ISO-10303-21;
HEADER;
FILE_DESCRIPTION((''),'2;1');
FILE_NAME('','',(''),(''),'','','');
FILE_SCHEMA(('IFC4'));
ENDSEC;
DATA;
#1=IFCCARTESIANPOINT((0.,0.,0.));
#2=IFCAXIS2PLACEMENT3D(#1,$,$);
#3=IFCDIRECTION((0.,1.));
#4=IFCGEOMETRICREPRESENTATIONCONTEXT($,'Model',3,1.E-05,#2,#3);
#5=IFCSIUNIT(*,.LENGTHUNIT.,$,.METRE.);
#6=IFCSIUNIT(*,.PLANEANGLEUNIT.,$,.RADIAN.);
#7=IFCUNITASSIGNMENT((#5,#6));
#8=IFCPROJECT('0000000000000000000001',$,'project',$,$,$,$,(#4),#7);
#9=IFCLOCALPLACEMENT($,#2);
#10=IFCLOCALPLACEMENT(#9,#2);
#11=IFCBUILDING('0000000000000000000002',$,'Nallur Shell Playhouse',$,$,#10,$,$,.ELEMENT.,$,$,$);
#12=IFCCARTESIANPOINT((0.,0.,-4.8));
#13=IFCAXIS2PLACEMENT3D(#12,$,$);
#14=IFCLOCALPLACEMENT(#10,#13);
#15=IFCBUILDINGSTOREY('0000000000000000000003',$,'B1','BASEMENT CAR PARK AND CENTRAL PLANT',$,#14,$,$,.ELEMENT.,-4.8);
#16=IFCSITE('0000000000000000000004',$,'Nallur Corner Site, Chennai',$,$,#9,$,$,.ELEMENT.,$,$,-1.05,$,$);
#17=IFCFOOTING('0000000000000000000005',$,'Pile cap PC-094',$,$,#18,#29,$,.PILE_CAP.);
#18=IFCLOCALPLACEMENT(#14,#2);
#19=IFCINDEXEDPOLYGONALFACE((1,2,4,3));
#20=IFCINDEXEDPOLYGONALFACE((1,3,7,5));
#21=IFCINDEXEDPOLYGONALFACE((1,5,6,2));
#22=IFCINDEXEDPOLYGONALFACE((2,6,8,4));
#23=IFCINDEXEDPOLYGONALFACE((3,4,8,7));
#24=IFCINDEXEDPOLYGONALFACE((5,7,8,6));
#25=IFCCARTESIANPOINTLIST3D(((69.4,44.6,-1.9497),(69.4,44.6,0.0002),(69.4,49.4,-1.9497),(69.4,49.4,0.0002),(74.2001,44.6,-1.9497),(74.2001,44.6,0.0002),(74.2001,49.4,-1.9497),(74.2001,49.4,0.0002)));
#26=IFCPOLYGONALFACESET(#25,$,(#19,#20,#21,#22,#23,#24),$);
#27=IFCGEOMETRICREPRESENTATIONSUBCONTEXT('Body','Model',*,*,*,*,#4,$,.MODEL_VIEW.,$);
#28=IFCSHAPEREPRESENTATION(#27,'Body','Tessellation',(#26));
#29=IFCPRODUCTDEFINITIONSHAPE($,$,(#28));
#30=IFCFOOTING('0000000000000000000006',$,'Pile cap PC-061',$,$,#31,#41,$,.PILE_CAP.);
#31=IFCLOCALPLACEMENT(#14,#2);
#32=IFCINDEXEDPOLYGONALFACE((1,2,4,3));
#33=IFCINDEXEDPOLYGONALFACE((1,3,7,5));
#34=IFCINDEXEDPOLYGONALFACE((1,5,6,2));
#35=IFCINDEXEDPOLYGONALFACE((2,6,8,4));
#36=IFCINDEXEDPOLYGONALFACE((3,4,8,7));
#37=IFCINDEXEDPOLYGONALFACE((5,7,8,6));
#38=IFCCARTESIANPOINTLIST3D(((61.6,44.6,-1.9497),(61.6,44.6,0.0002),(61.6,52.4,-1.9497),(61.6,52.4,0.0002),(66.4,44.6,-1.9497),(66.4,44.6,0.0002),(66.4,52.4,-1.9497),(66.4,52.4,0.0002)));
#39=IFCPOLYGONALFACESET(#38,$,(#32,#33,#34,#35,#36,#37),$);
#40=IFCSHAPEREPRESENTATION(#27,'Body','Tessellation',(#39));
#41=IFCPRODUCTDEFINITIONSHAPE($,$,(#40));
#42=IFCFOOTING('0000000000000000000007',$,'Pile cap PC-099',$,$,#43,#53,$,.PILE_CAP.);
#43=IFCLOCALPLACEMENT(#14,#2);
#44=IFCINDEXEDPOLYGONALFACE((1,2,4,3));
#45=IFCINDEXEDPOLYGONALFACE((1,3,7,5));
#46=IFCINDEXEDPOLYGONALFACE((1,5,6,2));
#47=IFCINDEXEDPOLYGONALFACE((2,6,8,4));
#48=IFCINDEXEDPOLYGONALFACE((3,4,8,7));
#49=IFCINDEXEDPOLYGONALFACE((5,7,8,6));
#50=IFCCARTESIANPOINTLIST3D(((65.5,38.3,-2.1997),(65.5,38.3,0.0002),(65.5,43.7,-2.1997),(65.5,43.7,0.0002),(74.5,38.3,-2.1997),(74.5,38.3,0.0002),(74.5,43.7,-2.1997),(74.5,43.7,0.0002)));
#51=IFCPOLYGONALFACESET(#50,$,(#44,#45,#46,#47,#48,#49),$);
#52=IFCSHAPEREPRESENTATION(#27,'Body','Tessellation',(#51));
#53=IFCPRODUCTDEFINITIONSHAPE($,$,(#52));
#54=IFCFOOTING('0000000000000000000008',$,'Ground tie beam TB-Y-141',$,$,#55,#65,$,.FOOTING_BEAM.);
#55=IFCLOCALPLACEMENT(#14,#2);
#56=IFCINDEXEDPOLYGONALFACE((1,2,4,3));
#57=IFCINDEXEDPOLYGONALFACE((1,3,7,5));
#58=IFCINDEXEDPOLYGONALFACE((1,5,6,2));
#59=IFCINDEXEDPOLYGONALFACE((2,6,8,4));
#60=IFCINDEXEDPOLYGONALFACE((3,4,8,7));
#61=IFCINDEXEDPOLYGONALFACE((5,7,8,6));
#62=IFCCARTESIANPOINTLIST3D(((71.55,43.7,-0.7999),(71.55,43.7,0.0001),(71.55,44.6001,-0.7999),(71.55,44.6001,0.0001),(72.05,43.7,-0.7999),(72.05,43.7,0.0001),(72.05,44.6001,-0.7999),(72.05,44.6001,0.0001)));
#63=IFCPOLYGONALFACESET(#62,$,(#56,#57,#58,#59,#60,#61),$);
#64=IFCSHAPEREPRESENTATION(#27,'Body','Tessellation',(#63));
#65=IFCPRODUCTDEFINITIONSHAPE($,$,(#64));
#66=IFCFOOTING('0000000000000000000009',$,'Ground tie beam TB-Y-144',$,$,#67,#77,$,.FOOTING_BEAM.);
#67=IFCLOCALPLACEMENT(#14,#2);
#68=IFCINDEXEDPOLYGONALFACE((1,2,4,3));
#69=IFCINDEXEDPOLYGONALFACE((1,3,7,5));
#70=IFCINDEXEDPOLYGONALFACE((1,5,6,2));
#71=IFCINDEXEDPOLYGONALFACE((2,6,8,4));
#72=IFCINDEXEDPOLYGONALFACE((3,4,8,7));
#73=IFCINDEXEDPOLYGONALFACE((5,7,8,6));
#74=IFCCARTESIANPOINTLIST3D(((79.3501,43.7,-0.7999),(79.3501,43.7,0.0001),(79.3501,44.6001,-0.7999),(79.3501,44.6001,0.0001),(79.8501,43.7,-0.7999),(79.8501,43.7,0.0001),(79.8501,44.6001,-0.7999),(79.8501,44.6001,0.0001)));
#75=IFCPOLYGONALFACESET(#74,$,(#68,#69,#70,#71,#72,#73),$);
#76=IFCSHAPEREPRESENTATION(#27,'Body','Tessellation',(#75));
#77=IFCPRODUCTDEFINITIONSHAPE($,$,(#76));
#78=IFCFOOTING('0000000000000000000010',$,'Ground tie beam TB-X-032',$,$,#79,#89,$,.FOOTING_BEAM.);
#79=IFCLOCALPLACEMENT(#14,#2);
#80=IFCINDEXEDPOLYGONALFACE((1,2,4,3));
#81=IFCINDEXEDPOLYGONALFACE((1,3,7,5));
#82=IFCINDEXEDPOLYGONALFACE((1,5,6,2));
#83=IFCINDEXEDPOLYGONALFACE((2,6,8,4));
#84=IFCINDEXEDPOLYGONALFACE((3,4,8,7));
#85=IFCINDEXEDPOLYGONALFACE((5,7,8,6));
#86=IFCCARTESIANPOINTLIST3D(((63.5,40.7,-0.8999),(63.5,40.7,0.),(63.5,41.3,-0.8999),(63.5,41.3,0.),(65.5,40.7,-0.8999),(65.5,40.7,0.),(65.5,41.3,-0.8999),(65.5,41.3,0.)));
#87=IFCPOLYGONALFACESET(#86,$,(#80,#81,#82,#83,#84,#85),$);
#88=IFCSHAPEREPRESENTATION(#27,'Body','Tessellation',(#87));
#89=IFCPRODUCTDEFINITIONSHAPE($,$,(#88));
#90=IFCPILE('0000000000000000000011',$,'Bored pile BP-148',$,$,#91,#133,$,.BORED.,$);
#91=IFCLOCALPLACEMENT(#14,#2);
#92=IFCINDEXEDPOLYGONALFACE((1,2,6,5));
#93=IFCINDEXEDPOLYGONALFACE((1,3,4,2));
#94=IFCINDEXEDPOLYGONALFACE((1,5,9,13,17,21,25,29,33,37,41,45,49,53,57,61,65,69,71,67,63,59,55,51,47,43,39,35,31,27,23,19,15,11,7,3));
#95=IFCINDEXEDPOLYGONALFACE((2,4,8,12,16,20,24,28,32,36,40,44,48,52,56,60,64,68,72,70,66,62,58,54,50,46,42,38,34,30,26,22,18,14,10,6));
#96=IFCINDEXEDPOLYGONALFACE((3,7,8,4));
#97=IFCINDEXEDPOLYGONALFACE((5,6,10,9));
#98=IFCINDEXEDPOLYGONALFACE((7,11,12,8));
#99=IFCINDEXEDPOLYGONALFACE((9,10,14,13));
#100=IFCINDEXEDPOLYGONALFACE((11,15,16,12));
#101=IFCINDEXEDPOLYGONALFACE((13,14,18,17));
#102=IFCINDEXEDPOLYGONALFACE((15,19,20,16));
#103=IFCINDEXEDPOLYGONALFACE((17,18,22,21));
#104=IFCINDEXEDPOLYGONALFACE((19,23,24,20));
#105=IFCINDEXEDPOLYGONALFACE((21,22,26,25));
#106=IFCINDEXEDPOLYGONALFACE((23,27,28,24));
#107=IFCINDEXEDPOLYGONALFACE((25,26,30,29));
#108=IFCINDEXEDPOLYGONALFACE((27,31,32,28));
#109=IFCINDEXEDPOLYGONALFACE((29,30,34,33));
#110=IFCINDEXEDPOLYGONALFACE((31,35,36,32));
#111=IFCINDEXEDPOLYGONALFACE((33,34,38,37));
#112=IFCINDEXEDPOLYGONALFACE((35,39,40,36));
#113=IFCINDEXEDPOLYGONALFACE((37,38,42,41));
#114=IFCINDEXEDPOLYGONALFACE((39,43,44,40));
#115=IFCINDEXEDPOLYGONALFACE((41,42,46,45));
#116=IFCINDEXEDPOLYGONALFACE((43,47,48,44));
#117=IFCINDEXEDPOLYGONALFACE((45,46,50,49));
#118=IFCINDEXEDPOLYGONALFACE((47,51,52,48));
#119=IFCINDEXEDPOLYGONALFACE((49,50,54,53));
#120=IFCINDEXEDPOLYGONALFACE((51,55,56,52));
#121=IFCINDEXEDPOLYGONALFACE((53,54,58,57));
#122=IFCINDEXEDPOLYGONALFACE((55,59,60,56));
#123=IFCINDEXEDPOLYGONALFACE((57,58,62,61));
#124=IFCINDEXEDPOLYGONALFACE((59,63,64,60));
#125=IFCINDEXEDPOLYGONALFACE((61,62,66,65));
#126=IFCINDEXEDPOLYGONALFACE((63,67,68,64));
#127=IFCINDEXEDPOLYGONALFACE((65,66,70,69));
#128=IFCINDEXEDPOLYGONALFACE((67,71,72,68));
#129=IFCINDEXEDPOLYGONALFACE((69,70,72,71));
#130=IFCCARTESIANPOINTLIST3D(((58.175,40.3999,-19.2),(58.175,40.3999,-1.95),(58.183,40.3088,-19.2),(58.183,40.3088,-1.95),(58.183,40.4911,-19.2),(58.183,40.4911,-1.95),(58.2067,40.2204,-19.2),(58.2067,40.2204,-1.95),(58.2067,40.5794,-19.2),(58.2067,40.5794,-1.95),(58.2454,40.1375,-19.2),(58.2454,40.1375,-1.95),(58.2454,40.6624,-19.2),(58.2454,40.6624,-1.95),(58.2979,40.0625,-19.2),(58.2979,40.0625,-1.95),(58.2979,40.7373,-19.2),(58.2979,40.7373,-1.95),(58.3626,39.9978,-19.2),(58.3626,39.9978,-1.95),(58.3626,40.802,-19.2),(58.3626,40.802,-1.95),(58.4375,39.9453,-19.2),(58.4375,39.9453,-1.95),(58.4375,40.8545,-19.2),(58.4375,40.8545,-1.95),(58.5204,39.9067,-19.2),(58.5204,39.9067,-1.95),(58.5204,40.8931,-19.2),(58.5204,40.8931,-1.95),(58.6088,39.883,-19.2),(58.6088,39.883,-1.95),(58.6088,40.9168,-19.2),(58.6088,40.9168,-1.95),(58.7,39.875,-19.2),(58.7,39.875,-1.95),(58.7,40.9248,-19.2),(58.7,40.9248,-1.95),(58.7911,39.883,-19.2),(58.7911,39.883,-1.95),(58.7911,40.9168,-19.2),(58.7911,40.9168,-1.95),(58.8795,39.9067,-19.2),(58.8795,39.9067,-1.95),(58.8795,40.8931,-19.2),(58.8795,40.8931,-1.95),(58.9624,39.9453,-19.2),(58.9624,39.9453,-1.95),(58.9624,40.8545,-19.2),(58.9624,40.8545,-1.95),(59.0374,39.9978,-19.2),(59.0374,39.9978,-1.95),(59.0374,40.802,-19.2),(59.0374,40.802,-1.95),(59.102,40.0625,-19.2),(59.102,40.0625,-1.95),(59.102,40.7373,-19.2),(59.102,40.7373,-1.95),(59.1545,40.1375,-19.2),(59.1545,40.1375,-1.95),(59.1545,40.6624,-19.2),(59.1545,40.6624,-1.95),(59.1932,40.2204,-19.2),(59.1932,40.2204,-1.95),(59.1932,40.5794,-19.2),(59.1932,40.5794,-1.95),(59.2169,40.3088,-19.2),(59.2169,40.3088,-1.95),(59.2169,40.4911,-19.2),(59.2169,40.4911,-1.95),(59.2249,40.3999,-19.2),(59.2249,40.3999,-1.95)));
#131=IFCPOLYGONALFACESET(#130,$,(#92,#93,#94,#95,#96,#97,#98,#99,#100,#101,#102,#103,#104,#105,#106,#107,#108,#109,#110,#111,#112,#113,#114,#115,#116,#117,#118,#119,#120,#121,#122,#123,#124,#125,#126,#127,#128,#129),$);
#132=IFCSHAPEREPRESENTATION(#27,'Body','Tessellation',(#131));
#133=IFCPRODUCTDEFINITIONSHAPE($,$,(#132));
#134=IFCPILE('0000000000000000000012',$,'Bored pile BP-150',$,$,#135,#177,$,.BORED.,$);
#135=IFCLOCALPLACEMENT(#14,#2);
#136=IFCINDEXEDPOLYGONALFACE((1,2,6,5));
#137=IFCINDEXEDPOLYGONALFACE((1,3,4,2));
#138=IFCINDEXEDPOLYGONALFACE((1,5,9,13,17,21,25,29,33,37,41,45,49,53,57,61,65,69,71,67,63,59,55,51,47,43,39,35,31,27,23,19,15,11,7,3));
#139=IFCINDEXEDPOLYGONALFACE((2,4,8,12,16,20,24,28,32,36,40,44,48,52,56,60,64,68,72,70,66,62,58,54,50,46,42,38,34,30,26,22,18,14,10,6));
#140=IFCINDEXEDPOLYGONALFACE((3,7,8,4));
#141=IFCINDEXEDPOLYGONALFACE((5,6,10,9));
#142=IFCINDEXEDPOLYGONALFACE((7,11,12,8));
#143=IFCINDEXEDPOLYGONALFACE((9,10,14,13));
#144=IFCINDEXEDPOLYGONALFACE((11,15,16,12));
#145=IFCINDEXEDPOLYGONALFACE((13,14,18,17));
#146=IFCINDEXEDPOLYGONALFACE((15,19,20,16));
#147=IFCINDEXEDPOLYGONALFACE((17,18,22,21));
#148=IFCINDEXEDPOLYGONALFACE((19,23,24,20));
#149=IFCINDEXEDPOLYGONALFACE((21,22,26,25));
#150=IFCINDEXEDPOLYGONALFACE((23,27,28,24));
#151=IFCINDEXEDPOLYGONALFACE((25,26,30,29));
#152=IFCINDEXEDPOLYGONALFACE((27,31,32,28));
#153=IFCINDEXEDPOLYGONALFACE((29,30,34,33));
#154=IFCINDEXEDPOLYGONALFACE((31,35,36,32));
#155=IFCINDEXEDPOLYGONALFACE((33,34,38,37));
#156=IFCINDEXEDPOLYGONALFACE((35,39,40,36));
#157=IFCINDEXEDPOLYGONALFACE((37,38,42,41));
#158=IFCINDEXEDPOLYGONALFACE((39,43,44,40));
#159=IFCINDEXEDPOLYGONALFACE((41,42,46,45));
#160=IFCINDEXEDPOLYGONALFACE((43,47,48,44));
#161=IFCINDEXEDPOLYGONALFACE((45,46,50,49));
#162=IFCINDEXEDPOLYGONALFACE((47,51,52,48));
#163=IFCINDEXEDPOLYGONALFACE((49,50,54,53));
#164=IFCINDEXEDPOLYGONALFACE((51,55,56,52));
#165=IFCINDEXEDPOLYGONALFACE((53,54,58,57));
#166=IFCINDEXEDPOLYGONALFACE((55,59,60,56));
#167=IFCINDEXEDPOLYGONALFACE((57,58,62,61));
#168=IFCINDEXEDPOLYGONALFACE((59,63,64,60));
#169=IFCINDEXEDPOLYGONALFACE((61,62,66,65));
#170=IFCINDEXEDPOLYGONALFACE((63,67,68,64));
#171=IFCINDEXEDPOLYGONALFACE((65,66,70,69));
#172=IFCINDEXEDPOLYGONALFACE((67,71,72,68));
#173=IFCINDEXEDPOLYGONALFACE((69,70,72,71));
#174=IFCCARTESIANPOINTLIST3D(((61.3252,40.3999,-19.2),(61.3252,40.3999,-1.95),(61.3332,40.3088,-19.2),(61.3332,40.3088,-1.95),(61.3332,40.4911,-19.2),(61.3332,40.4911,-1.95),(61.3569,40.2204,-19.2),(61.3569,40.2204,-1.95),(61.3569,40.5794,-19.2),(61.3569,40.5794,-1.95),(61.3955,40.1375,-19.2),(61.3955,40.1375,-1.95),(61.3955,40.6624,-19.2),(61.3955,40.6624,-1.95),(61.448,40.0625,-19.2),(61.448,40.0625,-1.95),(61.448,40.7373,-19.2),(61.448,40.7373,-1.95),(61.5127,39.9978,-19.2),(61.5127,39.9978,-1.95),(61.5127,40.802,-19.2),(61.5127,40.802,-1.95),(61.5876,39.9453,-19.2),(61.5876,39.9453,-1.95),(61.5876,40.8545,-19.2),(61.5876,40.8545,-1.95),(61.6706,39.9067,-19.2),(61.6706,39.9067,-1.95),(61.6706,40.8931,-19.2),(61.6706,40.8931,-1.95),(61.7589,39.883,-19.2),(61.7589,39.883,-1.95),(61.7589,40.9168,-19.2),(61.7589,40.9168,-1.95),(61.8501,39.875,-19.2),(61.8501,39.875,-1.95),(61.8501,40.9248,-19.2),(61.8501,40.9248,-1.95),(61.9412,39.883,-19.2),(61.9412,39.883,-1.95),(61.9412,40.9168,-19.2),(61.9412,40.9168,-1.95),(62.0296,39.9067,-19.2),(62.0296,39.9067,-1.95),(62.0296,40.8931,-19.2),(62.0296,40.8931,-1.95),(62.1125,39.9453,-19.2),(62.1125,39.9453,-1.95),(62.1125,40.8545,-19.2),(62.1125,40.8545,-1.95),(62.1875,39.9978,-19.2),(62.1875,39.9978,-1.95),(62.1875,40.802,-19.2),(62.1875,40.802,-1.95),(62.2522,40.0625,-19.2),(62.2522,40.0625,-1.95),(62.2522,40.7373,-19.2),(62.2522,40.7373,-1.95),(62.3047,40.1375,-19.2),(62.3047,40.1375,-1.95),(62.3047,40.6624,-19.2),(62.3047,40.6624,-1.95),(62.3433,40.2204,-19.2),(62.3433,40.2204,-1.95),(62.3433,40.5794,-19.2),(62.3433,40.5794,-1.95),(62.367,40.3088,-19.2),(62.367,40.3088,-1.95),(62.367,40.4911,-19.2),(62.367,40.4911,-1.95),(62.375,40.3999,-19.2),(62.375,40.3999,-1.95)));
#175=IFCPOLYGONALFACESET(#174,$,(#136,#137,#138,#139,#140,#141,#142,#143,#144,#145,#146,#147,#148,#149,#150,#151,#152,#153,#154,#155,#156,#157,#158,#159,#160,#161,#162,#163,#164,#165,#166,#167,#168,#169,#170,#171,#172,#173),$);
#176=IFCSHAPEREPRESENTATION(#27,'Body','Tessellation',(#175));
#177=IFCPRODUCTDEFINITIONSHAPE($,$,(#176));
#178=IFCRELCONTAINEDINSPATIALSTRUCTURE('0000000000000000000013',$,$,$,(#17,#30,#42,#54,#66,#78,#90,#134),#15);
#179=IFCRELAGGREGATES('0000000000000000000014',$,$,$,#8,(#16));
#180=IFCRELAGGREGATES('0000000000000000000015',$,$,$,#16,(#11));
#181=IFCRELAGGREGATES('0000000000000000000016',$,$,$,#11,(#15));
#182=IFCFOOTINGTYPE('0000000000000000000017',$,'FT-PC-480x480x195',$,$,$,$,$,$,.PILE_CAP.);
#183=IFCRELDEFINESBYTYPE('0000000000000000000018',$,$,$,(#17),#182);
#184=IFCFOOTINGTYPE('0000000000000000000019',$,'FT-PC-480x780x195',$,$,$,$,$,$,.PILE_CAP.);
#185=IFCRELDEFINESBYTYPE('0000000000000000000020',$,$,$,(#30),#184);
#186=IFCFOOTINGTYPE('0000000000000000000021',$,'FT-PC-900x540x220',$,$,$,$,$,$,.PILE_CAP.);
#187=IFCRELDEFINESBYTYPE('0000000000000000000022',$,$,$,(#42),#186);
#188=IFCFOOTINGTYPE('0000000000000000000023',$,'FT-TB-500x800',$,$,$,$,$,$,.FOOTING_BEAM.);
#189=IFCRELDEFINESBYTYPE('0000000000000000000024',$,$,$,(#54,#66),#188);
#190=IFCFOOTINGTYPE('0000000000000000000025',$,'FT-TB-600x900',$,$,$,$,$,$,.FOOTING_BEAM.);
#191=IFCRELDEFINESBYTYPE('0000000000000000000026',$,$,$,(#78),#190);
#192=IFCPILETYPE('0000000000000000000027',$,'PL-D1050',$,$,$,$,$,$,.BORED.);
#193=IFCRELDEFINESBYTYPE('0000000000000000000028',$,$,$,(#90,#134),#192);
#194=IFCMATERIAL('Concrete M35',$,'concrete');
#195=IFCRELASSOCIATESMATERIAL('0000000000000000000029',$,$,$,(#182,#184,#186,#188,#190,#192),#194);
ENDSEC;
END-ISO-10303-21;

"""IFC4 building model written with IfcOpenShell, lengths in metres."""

from ifc_helpers import new_model, si_unit, direction, frame, origin, origin_2d, place, context, subcontext, project, spatial, rectangle, circle, extrude, material, material_profile, profile_set, type_object, element, save


model = new_model("IFC4")

# Units and contexts
model_context = context("Model", 3, precision=1e-05, world=origin(), true_north=direction((0.0, 1.0)))
body_context = subcontext(model_context, "Body", "Model", "MODEL_VIEW")
ifc_project = project(units=[si_unit("LENGTHUNIT", "METRE"), si_unit("PLANEANGLEUNIT", "RADIAN")], contexts=[model_context])

# Site, building, storey
site_placement = place(None, origin())
site = spatial("IfcSite", under=ifc_project, at=site_placement, Name="Nallur Corner Site, Chennai", CompositionType="ELEMENT", RefElevation=-1.05)
building_placement = place(site_placement, origin())
building = spatial("IfcBuilding", under=site, at=building_placement, Name="Nallur Shell Playhouse", CompositionType="ELEMENT")
storey_placement = place(building_placement, frame((0.0, 0.0, -4.8)))
storey = spatial("IfcBuildingStorey", under=building, at=storey_placement, Name="B1", Description="BASEMENT CAR PARK AND CENTRAL PLANT", CompositionType="ELEMENT", Elevation=-4.8)

# Footings
ifc_material_1 = material(Name="Concrete M35", Category="concrete")
footing_type_1 = type_object("IfcFootingType", Name="FT-PC-480x480x195", PredefinedType="PILE_CAP", material=ifc_material_1)
footing_1_placement = place(storey_placement, frame((71.8, 47.0, -1.9497), z_axis=(0.0, 0.0, 1.0), x_axis=(1.0, 0.0, 0.0)))
element("IfcFooting", 1, at=footing_1_placement, inside=storey, type_object=footing_type_1, Name="Pile cap PC-094", PredefinedType="PILE_CAP", context=body_context, shape_type="SweptSolid", body=[
    extrude(rectangle(XDim=4.8, YDim=4.8, at=origin_2d()), origin(), (0.0, 0.0, 1.0), 1.95),
])
footing_type_2 = type_object("IfcFootingType", Name="FT-PC-480x780x195", PredefinedType="PILE_CAP", material=ifc_material_1)
footing_2_placement = place(storey_placement, frame((64.0, 48.5, -1.9497), z_axis=(0.0, 0.0, 1.0), x_axis=(1.0, 0.0, 0.0)))
element("IfcFooting", 2, at=footing_2_placement, inside=storey, type_object=footing_type_2, Name="Pile cap PC-061", PredefinedType="PILE_CAP", context=body_context, shape_type="SweptSolid", body=[
    extrude(rectangle(XDim=4.8, YDim=7.8, at=origin_2d()), origin(), (0.0, 0.0, 1.0), 1.95),
])
footing_type_3 = type_object("IfcFootingType", Name="FT-PC-900x540x220", PredefinedType="PILE_CAP", material=ifc_material_1)
footing_3_placement = place(storey_placement, frame((70.0, 41.0, -2.1997), z_axis=(0.0, 0.0, 1.0), x_axis=(1.0, 0.0, 0.0)))
element("IfcFooting", 3, at=footing_3_placement, inside=storey, type_object=footing_type_3, Name="Pile cap PC-099", PredefinedType="PILE_CAP", context=body_context, shape_type="SweptSolid", body=[
    extrude(rectangle(XDim=9.0, YDim=5.3999, at=origin_2d()), origin(), (0.0, 0.0, 1.0), 2.2),
])
ifc_material_profile_1 = material_profile(ifc_material_1, rectangle(XDim=0.5, YDim=0.8, at=origin_2d()), Name="RC 500x800")
ifc_profile_set_1 = profile_set([ifc_material_profile_1], Name="Concrete M35")
footing_type_4 = type_object("IfcFootingType", Name="FT-TB-500x800", PredefinedType="FOOTING_BEAM", material=ifc_profile_set_1)
for number, where, z_axis, x_axis, name in (
    (4, (71.8, 43.7, -0.3999), (0.0, 1.0, 0.0), (-1.0, 0.0, 0.0), "Ground tie beam TB-Y-141"),
    (5, (79.6001, 43.7, -0.3999), (0.0, 1.0, 0.0), (-1.0, 0.0, 0.0), "Ground tie beam TB-Y-144"),
):
    element("IfcFooting", number, at=place(storey_placement, frame(where, z_axis=z_axis, x_axis=x_axis)), inside=storey, type_object=footing_type_4, Name=name, PredefinedType="FOOTING_BEAM", context=body_context, shape_type="SweptSolid", body=[
        extrude(rectangle(XDim=0.5, YDim=0.8, at=origin_2d()), origin(), (0.0, 0.0, 1.0), 0.9001),
    ])
ifc_material_profile_2 = material_profile(ifc_material_1, rectangle(XDim=0.6001, YDim=0.8999, at=origin_2d()), Name="RC 600x900")
ifc_profile_set_2 = profile_set([ifc_material_profile_2], Name="Concrete M35")
footing_type_5 = type_object("IfcFootingType", Name="FT-TB-600x900", PredefinedType="FOOTING_BEAM", material=ifc_profile_set_2)
footing_4_placement = place(storey_placement, frame((63.5, 41.0, -0.45), z_axis=(1.0, 0.0, 0.0), x_axis=(0.0, 1.0, 0.0)))
element("IfcFooting", 6, at=footing_4_placement, inside=storey, type_object=footing_type_5, Name="Ground tie beam TB-X-032", PredefinedType="FOOTING_BEAM", context=body_context, shape_type="SweptSolid", body=[
    extrude(rectangle(XDim=0.6001, YDim=0.8999, at=origin_2d()), origin(), (0.0, 0.0, 1.0), 2.0),
])

# Piles
ifc_material_profile_3 = material_profile(ifc_material_1, circle(Radius=0.5249, at=origin_2d()), Name="BORED PILE D1050")
ifc_profile_set_3 = profile_set([ifc_material_profile_3], Name="Concrete M35")
pile_type_1 = type_object("IfcPileType", Name="PL-D1050", PredefinedType="BORED", material=ifc_profile_set_3)
for number, where, z_axis, x_axis, name in (
    (7, (58.7, 40.3999, -1.95), (0.0, 0.0, -1.0), (1.0, 0.0, 0.0), "Bored pile BP-148"),
    (8, (61.8501, 40.3999, -1.95), (0.0, 0.0, -1.0), (1.0, 0.0, 0.0), "Bored pile BP-150"),
):
    element("IfcPile", number, at=place(storey_placement, frame(where, z_axis=z_axis, x_axis=x_axis)), inside=storey, type_object=pile_type_1, Name=name, PredefinedType="BORED", context=body_context, shape_type="SweptSolid", body=[
        extrude(circle(Radius=0.5249, at=origin_2d()), origin(), (0.0, 0.0, 1.0), 17.25),
    ])

save(model, "model.ifc")
